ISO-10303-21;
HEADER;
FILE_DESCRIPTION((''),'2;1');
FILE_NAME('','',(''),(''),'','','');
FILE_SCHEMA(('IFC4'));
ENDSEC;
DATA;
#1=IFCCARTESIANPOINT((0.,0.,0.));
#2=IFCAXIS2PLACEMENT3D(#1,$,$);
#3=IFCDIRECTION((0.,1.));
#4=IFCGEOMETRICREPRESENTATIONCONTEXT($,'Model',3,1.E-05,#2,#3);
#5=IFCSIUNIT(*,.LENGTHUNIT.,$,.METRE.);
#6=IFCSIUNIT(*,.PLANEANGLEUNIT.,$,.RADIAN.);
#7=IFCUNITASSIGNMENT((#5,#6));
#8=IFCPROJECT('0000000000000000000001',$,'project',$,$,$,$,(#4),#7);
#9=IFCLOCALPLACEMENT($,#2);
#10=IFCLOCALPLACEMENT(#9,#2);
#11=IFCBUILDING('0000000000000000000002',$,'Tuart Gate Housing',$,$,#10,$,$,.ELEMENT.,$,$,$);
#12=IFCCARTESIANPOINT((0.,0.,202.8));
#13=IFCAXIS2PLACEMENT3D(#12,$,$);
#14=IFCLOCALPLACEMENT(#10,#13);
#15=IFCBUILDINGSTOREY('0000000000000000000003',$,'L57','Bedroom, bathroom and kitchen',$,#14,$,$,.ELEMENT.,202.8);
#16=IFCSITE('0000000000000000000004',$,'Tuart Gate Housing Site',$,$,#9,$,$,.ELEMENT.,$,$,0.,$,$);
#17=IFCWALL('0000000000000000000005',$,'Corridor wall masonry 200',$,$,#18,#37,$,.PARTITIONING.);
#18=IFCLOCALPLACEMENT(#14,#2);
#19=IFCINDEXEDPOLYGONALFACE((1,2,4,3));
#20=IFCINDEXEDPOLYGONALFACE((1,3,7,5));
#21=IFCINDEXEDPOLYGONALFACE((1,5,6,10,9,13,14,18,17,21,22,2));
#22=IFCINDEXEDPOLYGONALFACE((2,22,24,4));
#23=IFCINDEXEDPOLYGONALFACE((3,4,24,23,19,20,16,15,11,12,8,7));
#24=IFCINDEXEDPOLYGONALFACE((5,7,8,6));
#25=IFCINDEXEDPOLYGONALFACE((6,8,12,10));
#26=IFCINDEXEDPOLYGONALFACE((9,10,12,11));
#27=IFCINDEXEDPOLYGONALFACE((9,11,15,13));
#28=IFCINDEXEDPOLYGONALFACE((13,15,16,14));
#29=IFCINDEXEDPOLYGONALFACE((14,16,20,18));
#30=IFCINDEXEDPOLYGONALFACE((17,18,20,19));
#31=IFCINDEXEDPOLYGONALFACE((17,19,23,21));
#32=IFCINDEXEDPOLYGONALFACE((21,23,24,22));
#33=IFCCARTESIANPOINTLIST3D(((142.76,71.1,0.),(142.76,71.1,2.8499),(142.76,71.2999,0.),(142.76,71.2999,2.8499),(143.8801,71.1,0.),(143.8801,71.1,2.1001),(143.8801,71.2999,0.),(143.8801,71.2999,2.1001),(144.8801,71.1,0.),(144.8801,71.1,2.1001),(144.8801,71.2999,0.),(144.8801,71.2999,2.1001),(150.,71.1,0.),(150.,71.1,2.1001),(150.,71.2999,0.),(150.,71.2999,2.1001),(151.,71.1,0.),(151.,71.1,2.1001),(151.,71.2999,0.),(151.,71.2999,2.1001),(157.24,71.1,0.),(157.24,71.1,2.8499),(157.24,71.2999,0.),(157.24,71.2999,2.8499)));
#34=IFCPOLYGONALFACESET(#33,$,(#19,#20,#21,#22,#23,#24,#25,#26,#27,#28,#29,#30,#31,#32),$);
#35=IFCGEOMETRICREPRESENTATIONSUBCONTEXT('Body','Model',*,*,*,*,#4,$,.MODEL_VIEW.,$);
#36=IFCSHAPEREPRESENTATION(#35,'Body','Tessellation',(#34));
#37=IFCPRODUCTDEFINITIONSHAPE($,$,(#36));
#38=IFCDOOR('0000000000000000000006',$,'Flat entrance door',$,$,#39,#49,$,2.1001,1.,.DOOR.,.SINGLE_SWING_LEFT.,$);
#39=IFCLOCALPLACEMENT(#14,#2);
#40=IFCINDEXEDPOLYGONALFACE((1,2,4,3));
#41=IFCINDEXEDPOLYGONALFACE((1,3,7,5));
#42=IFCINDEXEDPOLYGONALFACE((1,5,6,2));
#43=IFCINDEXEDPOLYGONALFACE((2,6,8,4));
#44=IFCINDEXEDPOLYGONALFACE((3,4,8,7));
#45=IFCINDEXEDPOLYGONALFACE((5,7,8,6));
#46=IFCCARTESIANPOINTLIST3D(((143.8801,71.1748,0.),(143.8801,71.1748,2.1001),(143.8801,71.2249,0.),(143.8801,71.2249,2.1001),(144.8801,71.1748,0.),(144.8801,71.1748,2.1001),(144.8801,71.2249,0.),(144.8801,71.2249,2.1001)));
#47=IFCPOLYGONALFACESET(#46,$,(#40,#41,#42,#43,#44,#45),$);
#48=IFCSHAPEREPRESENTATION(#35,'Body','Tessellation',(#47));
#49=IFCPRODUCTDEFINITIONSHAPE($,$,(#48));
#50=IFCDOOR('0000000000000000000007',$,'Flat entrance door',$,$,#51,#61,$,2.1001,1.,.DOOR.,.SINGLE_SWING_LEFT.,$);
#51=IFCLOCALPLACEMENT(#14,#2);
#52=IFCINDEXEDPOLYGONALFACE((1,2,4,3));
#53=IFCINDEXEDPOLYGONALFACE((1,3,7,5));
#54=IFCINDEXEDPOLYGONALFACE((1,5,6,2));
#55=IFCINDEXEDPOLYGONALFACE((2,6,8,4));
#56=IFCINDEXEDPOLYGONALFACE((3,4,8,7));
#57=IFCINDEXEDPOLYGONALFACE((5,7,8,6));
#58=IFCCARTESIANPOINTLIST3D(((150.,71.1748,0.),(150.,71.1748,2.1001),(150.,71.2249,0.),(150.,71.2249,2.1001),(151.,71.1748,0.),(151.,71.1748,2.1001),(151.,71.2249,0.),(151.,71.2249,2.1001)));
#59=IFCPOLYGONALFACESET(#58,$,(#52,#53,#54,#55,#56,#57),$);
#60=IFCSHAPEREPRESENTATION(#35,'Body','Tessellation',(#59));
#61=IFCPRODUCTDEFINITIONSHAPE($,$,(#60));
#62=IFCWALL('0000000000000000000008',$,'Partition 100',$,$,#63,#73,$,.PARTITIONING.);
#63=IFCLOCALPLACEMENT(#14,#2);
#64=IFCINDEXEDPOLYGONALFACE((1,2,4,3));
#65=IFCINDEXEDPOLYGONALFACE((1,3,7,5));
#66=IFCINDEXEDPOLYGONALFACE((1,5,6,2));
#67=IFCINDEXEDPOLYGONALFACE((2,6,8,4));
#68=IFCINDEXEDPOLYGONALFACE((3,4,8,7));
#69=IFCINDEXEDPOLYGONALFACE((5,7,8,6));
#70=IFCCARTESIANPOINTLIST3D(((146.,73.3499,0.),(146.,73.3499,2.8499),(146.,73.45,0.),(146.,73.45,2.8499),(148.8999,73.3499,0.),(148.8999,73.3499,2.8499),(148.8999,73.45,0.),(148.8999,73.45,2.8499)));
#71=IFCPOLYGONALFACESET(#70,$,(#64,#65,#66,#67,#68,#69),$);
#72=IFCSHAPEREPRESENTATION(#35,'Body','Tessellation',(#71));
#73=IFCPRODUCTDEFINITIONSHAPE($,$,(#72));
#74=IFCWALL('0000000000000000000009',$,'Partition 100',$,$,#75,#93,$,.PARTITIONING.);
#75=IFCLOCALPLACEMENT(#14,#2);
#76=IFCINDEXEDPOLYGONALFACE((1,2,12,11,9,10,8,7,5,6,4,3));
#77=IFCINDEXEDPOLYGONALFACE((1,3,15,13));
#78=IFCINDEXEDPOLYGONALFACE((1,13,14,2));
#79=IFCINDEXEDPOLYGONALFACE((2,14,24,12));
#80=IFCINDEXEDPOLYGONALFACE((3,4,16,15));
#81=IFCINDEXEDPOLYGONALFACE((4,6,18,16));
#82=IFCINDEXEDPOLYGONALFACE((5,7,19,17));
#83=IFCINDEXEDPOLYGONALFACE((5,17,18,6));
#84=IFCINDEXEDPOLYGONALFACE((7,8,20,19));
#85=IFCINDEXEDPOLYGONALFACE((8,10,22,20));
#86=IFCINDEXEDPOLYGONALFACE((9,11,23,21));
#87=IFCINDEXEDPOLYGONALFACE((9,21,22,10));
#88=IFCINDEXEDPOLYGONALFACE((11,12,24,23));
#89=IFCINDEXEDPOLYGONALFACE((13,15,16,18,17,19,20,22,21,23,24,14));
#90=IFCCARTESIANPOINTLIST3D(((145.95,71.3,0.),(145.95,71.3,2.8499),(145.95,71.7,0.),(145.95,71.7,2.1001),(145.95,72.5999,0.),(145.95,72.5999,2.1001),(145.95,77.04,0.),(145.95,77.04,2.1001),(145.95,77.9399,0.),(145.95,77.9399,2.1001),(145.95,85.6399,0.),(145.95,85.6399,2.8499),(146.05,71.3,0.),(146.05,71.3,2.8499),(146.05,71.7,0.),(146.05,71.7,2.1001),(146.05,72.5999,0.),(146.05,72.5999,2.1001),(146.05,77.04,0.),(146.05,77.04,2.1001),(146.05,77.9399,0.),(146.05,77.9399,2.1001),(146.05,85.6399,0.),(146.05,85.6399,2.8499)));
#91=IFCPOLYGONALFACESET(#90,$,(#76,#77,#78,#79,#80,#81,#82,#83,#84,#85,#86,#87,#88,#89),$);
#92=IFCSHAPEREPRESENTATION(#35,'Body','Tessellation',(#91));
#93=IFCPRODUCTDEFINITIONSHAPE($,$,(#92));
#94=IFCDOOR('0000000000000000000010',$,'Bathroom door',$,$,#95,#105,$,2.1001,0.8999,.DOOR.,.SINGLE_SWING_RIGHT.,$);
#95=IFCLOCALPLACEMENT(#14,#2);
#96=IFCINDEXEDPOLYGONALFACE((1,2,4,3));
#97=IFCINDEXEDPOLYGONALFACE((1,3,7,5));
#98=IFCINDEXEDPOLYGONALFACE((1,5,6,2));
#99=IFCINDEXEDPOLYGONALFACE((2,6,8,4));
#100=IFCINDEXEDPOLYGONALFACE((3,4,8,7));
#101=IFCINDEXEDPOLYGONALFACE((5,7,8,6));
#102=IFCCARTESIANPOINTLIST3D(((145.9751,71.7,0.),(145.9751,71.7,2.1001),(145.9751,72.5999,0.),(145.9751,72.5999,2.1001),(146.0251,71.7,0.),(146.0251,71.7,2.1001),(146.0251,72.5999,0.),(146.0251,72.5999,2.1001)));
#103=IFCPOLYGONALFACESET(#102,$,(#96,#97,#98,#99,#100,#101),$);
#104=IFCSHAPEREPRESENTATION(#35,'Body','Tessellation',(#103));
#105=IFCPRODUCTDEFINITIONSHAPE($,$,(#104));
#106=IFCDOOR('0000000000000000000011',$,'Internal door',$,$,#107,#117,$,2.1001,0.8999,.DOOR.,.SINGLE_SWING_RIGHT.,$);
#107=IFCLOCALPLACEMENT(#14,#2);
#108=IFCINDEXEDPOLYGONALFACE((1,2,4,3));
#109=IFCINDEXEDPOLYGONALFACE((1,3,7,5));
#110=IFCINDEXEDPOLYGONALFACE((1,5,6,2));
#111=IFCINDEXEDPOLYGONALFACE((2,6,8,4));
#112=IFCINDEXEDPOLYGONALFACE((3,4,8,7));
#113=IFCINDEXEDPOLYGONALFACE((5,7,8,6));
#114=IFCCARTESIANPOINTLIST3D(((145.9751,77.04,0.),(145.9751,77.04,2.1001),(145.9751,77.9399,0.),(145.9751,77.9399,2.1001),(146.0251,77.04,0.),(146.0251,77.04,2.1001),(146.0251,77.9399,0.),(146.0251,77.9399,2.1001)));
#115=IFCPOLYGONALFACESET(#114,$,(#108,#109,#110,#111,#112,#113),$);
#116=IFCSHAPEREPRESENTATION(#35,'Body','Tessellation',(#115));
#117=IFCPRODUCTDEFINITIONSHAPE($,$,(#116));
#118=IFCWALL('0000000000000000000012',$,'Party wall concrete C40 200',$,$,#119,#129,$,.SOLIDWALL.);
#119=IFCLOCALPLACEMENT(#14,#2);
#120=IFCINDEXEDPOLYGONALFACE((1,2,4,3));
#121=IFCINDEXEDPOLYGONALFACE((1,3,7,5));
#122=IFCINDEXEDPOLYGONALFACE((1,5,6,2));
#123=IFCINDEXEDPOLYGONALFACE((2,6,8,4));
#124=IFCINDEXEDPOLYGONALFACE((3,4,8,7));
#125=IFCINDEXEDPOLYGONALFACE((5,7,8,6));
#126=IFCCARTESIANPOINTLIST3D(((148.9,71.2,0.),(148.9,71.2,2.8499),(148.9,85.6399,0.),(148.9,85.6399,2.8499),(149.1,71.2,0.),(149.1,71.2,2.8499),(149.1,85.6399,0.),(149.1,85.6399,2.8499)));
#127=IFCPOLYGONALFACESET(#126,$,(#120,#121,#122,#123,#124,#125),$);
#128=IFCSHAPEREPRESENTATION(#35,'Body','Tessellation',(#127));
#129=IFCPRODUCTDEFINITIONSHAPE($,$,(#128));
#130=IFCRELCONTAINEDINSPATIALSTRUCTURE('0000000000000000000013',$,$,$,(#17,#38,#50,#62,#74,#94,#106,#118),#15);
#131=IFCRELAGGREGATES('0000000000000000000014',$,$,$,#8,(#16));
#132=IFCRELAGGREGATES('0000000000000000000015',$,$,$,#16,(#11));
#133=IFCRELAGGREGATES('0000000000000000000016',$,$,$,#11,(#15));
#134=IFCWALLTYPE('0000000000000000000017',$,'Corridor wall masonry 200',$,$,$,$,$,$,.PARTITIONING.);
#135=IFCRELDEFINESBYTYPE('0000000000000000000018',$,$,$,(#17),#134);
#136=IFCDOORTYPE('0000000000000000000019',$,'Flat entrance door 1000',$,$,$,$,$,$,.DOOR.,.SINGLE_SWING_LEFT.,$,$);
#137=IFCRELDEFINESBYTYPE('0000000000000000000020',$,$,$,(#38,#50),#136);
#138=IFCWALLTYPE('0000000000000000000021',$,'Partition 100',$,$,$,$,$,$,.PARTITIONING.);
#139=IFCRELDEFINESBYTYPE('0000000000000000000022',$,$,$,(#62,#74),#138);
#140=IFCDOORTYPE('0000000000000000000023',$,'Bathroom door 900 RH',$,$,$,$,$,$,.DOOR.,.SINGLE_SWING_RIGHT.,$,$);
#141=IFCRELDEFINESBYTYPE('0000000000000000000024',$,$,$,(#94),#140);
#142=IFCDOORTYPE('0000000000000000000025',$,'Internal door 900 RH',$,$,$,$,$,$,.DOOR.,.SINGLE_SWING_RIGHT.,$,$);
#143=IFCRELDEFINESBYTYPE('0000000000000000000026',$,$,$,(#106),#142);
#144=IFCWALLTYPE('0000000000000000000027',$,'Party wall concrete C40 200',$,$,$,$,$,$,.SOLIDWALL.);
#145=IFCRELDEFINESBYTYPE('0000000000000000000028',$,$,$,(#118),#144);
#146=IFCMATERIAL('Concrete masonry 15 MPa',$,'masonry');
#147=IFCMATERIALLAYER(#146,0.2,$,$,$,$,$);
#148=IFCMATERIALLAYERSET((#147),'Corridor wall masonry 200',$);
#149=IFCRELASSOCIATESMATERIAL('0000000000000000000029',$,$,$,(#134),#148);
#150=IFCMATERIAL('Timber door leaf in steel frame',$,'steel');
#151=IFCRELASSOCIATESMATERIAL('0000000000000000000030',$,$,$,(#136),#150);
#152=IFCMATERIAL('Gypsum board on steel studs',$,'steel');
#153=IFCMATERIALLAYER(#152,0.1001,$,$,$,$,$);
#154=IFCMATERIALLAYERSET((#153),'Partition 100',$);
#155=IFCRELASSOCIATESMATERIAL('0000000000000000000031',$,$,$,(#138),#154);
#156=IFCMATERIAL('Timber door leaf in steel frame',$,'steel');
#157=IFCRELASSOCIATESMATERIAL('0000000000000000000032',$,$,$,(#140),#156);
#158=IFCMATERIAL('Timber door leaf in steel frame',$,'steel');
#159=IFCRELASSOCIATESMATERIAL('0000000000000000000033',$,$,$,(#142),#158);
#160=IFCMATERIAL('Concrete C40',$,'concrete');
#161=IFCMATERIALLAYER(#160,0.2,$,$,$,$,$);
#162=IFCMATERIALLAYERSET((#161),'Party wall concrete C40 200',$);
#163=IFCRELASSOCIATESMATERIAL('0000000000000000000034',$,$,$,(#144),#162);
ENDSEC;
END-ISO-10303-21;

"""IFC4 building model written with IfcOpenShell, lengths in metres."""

from ifc_helpers import new_model, si_unit, direction, frame, frame_2d, origin, place, context, subcontext, project, spatial, rectangle, extrude, material, layer, layer_set, type_object, element, fill, save


model = new_model("IFC4")

# Units and contexts
model_context = context("Model", 3, precision=1e-05, world=origin(), true_north=direction((0.0, 1.0)))
body_context = subcontext(model_context, "Body", "Model", "MODEL_VIEW")
ifc_project = project(units=[si_unit("LENGTHUNIT", "METRE"), si_unit("PLANEANGLEUNIT", "RADIAN")], contexts=[model_context])

# Site, building, storey
site_placement = place(None, origin())
site = spatial("IfcSite", under=ifc_project, at=site_placement, Name="Tuart Gate Housing Site", CompositionType="ELEMENT", RefElevation=0.0)
building_placement = place(site_placement, origin())
building = spatial("IfcBuilding", under=site, at=building_placement, Name="Tuart Gate Housing", CompositionType="ELEMENT")
storey_placement = place(building_placement, frame((0.0, 0.0, 202.8)))
storey = spatial("IfcBuildingStorey", under=building, at=storey_placement, Name="L57", Description="Bedroom, bathroom and kitchen", CompositionType="ELEMENT", Elevation=202.8)

# Wall, openings, doors
ifc_material_1 = material(Name="Concrete masonry 15 MPa", Category="masonry")
ifc_layer_1 = layer(ifc_material_1, 0.2)
ifc_layer_set_1 = layer_set([ifc_layer_1], Name="Corridor wall masonry 200")
wall_type_1 = type_object("IfcWallType", Name="Corridor wall masonry 200", PredefinedType="PARTITIONING", material=ifc_layer_set_1)
wall_1_placement = place(storey_placement, frame((142.76, 71.2, 0.0), z_axis=(0.0, 0.0, 1.0), x_axis=(1.0, 0.0, 0.0)))
wall_1 = element("IfcWall", 1, at=wall_1_placement, inside=storey, type_object=wall_type_1, Name="Corridor wall masonry 200", PredefinedType="PARTITIONING", context=body_context, shape_type="SweptSolid", body=[
    extrude(rectangle(XDim=14.48, YDim=0.2, at=frame_2d((7.24, 0.0))), origin(), (0.0, 0.0, 1.0), 2.8499),
])
opening_1_placement = place(wall_1_placement, frame((1.1201, 0.0, 0.0)))
opening_1 = element("IfcOpeningElement", 2, at=opening_1_placement, cuts=wall_1, PredefinedType="OPENING", context=body_context, shape_type="SweptSolid", body=[
    extrude(rectangle(XDim=1.0, YDim=2.1001, at=frame_2d((0.5, 1.05))), frame((0.0, 0.1099, 0.0), z_axis=(0.0, -1.0, 0.0), x_axis=(1.0, 0.0, 0.0)), (0.0, 0.0, 1.0), 0.22),
])
opening_2_placement = place(wall_1_placement, frame((7.24, 0.0, 0.0)))
opening_2 = element("IfcOpeningElement", 3, at=opening_2_placement, cuts=wall_1, PredefinedType="OPENING", context=body_context, shape_type="SweptSolid", body=[
    extrude(rectangle(XDim=1.0, YDim=2.1001, at=frame_2d((0.5, 1.05))), frame((0.0, 0.1099, 0.0), z_axis=(0.0, -1.0, 0.0), x_axis=(1.0, 0.0, 0.0)), (0.0, 0.0, 1.0), 0.22),
])
ifc_material_2 = material(Name="Timber door leaf in steel frame", Category="steel")
door_type_1 = type_object("IfcDoorType", Name="Flat entrance door 1000", OperationType="SINGLE_SWING_LEFT", PredefinedType="DOOR", material=ifc_material_2)
door_1_placement = place(opening_1_placement, origin())
door_1 = element("IfcDoor", 4, at=door_1_placement, inside=storey, type_object=door_type_1, Name="Flat entrance door", OperationType="SINGLE_SWING_LEFT", OverallHeight=2.1001, OverallWidth=1.0, PredefinedType="DOOR", context=body_context, shape_type="SweptSolid", body=[
    extrude(rectangle(XDim=1.0, YDim=2.1001, at=frame_2d((0.5, 1.05))), frame((0.0, 0.0249, 0.0), z_axis=(0.0, -1.0, 0.0), x_axis=(1.0, 0.0, 0.0)), (0.0, 0.0, 1.0), 0.05),
])
fill(opening_1, door_1)
door_2_placement = place(opening_2_placement, origin())
door_2 = element("IfcDoor", 5, at=door_2_placement, inside=storey, type_object=door_type_1, Name="Flat entrance door", OperationType="SINGLE_SWING_LEFT", OverallHeight=2.1001, OverallWidth=1.0, PredefinedType="DOOR", context=body_context, shape_type="SweptSolid", body=[
    extrude(rectangle(XDim=1.0, YDim=2.1001, at=frame_2d((0.5, 1.05))), frame((0.0, 0.0249, 0.0), z_axis=(0.0, -1.0, 0.0), x_axis=(1.0, 0.0, 0.0)), (0.0, 0.0, 1.0), 0.05),
])
fill(opening_2, door_2)

# Wall
ifc_material_3 = material(Name="Gypsum board on steel studs", Category="steel")
ifc_layer_2 = layer(ifc_material_3, 0.1001)
ifc_layer_set_2 = layer_set([ifc_layer_2], Name="Partition 100")
wall_type_2 = type_object("IfcWallType", Name="Partition 100", PredefinedType="PARTITIONING", material=ifc_layer_set_2)
wall_2_placement = place(storey_placement, frame((146.0, 73.3999, 0.0), z_axis=(0.0, 0.0, 1.0), x_axis=(1.0, 0.0, 0.0)))
element("IfcWall", 6, at=wall_2_placement, inside=storey, type_object=wall_type_2, Name="Partition 100", PredefinedType="PARTITIONING", context=body_context, shape_type="SweptSolid", body=[
    extrude(rectangle(XDim=2.8999, YDim=0.1001, at=frame_2d((1.45, 0.0))), origin(), (0.0, 0.0, 1.0), 2.8499),
])

# Wall, openings, doors
wall_3_placement = place(storey_placement, frame((146.0, 71.3, 0.0), z_axis=(0.0, 0.0, 1.0), x_axis=(0.0, 1.0, 0.0)))
wall_3 = element("IfcWall", 7, at=wall_3_placement, inside=storey, type_object=wall_type_2, Name="Partition 100", PredefinedType="PARTITIONING", context=body_context, shape_type="SweptSolid", body=[
    extrude(rectangle(XDim=14.3398, YDim=0.1001, at=frame_2d((7.1699, 0.0))), origin(), (0.0, 0.0, 1.0), 2.8499),
])
opening_3_placement = place(wall_3_placement, frame((5.74, 0.0, 0.0)))
opening_3 = element("IfcOpeningElement", 8, at=opening_3_placement, cuts=wall_3, PredefinedType="OPENING", context=body_context, shape_type="SweptSolid", body=[
    extrude(rectangle(XDim=0.8999, YDim=2.1001, at=frame_2d((0.45, 1.05))), frame((0.0, 0.0601, 0.0), z_axis=(0.0, -1.0, 0.0), x_axis=(1.0, 0.0, 0.0)), (0.0, 0.0, 1.0), 0.1201),
])
opening_4_placement = place(wall_3_placement, frame((0.3999, 0.0, 0.0)))
opening_4 = element("IfcOpeningElement", 9, at=opening_4_placement, cuts=wall_3, PredefinedType="OPENING", context=body_context, shape_type="SweptSolid", body=[
    extrude(rectangle(XDim=0.8999, YDim=2.1001, at=frame_2d((0.45, 1.05))), frame((0.0, 0.0601, 0.0), z_axis=(0.0, -1.0, 0.0), x_axis=(1.0, 0.0, 0.0)), (0.0, 0.0, 1.0), 0.1201),
])
ifc_material_4 = material(Name="Timber door leaf in steel frame", Category="steel")
door_type_2 = type_object("IfcDoorType", Name="Bathroom door 900 RH", OperationType="SINGLE_SWING_RIGHT", PredefinedType="DOOR", material=ifc_material_4)
door_3_placement = place(opening_4_placement, frame((0.8999, 0.0, 0.0), z_axis=(0.0, 0.0, 1.0), x_axis=(-1.0, 0.0, 0.0)))
door_3 = element("IfcDoor", 10, at=door_3_placement, inside=storey, type_object=door_type_2, Name="Bathroom door", OperationType="SINGLE_SWING_RIGHT", OverallHeight=2.1001, OverallWidth=0.8999, PredefinedType="DOOR", context=body_context, shape_type="SweptSolid", body=[
    extrude(rectangle(XDim=0.8999, YDim=2.1001, at=frame_2d((0.45, 1.05))), frame((0.0, 0.0251, 0.0), z_axis=(0.0, -1.0, 0.0), x_axis=(1.0, 0.0, 0.0)), (0.0, 0.0, 1.0), 0.05),
])
fill(opening_4, door_3)
ifc_material_5 = material(Name="Timber door leaf in steel frame", Category="steel")
door_type_3 = type_object("IfcDoorType", Name="Internal door 900 RH", OperationType="SINGLE_SWING_RIGHT", PredefinedType="DOOR", material=ifc_material_5)
door_4_placement = place(opening_3_placement, frame((0.8999, 0.0, 0.0), z_axis=(0.0, 0.0, 1.0), x_axis=(-1.0, 0.0, 0.0)))
door_4 = element("IfcDoor", 11, at=door_4_placement, inside=storey, type_object=door_type_3, Name="Internal door", OperationType="SINGLE_SWING_RIGHT", OverallHeight=2.1001, OverallWidth=0.8999, PredefinedType="DOOR", context=body_context, shape_type="SweptSolid", body=[
    extrude(rectangle(XDim=0.8999, YDim=2.1001, at=frame_2d((0.45, 1.05))), frame((0.0, 0.0251, 0.0), z_axis=(0.0, -1.0, 0.0), x_axis=(1.0, 0.0, 0.0)), (0.0, 0.0, 1.0), 0.05),
])
fill(opening_3, door_4)

# Wall
ifc_material_6 = material(Name="Concrete C40", Category="concrete")
ifc_layer_3 = layer(ifc_material_6, 0.2)
ifc_layer_set_3 = layer_set([ifc_layer_3], Name="Party wall concrete C40 200")
wall_type_3 = type_object("IfcWallType", Name="Party wall concrete C40 200", PredefinedType="SOLIDWALL", material=ifc_layer_set_3)
wall_4_placement = place(storey_placement, frame((149.0, 71.2, 0.0), z_axis=(0.0, 0.0, 1.0), x_axis=(0.0, 1.0, 0.0)))
element("IfcWall", 12, at=wall_4_placement, inside=storey, type_object=wall_type_3, Name="Party wall concrete C40 200", PredefinedType="SOLIDWALL", context=body_context, shape_type="SweptSolid", body=[
    extrude(rectangle(XDim=14.4399, YDim=0.2, at=frame_2d((7.22, 0.0))), origin(), (0.0, 0.0, 1.0), 2.8499),
])

save(model, "model.ifc")
